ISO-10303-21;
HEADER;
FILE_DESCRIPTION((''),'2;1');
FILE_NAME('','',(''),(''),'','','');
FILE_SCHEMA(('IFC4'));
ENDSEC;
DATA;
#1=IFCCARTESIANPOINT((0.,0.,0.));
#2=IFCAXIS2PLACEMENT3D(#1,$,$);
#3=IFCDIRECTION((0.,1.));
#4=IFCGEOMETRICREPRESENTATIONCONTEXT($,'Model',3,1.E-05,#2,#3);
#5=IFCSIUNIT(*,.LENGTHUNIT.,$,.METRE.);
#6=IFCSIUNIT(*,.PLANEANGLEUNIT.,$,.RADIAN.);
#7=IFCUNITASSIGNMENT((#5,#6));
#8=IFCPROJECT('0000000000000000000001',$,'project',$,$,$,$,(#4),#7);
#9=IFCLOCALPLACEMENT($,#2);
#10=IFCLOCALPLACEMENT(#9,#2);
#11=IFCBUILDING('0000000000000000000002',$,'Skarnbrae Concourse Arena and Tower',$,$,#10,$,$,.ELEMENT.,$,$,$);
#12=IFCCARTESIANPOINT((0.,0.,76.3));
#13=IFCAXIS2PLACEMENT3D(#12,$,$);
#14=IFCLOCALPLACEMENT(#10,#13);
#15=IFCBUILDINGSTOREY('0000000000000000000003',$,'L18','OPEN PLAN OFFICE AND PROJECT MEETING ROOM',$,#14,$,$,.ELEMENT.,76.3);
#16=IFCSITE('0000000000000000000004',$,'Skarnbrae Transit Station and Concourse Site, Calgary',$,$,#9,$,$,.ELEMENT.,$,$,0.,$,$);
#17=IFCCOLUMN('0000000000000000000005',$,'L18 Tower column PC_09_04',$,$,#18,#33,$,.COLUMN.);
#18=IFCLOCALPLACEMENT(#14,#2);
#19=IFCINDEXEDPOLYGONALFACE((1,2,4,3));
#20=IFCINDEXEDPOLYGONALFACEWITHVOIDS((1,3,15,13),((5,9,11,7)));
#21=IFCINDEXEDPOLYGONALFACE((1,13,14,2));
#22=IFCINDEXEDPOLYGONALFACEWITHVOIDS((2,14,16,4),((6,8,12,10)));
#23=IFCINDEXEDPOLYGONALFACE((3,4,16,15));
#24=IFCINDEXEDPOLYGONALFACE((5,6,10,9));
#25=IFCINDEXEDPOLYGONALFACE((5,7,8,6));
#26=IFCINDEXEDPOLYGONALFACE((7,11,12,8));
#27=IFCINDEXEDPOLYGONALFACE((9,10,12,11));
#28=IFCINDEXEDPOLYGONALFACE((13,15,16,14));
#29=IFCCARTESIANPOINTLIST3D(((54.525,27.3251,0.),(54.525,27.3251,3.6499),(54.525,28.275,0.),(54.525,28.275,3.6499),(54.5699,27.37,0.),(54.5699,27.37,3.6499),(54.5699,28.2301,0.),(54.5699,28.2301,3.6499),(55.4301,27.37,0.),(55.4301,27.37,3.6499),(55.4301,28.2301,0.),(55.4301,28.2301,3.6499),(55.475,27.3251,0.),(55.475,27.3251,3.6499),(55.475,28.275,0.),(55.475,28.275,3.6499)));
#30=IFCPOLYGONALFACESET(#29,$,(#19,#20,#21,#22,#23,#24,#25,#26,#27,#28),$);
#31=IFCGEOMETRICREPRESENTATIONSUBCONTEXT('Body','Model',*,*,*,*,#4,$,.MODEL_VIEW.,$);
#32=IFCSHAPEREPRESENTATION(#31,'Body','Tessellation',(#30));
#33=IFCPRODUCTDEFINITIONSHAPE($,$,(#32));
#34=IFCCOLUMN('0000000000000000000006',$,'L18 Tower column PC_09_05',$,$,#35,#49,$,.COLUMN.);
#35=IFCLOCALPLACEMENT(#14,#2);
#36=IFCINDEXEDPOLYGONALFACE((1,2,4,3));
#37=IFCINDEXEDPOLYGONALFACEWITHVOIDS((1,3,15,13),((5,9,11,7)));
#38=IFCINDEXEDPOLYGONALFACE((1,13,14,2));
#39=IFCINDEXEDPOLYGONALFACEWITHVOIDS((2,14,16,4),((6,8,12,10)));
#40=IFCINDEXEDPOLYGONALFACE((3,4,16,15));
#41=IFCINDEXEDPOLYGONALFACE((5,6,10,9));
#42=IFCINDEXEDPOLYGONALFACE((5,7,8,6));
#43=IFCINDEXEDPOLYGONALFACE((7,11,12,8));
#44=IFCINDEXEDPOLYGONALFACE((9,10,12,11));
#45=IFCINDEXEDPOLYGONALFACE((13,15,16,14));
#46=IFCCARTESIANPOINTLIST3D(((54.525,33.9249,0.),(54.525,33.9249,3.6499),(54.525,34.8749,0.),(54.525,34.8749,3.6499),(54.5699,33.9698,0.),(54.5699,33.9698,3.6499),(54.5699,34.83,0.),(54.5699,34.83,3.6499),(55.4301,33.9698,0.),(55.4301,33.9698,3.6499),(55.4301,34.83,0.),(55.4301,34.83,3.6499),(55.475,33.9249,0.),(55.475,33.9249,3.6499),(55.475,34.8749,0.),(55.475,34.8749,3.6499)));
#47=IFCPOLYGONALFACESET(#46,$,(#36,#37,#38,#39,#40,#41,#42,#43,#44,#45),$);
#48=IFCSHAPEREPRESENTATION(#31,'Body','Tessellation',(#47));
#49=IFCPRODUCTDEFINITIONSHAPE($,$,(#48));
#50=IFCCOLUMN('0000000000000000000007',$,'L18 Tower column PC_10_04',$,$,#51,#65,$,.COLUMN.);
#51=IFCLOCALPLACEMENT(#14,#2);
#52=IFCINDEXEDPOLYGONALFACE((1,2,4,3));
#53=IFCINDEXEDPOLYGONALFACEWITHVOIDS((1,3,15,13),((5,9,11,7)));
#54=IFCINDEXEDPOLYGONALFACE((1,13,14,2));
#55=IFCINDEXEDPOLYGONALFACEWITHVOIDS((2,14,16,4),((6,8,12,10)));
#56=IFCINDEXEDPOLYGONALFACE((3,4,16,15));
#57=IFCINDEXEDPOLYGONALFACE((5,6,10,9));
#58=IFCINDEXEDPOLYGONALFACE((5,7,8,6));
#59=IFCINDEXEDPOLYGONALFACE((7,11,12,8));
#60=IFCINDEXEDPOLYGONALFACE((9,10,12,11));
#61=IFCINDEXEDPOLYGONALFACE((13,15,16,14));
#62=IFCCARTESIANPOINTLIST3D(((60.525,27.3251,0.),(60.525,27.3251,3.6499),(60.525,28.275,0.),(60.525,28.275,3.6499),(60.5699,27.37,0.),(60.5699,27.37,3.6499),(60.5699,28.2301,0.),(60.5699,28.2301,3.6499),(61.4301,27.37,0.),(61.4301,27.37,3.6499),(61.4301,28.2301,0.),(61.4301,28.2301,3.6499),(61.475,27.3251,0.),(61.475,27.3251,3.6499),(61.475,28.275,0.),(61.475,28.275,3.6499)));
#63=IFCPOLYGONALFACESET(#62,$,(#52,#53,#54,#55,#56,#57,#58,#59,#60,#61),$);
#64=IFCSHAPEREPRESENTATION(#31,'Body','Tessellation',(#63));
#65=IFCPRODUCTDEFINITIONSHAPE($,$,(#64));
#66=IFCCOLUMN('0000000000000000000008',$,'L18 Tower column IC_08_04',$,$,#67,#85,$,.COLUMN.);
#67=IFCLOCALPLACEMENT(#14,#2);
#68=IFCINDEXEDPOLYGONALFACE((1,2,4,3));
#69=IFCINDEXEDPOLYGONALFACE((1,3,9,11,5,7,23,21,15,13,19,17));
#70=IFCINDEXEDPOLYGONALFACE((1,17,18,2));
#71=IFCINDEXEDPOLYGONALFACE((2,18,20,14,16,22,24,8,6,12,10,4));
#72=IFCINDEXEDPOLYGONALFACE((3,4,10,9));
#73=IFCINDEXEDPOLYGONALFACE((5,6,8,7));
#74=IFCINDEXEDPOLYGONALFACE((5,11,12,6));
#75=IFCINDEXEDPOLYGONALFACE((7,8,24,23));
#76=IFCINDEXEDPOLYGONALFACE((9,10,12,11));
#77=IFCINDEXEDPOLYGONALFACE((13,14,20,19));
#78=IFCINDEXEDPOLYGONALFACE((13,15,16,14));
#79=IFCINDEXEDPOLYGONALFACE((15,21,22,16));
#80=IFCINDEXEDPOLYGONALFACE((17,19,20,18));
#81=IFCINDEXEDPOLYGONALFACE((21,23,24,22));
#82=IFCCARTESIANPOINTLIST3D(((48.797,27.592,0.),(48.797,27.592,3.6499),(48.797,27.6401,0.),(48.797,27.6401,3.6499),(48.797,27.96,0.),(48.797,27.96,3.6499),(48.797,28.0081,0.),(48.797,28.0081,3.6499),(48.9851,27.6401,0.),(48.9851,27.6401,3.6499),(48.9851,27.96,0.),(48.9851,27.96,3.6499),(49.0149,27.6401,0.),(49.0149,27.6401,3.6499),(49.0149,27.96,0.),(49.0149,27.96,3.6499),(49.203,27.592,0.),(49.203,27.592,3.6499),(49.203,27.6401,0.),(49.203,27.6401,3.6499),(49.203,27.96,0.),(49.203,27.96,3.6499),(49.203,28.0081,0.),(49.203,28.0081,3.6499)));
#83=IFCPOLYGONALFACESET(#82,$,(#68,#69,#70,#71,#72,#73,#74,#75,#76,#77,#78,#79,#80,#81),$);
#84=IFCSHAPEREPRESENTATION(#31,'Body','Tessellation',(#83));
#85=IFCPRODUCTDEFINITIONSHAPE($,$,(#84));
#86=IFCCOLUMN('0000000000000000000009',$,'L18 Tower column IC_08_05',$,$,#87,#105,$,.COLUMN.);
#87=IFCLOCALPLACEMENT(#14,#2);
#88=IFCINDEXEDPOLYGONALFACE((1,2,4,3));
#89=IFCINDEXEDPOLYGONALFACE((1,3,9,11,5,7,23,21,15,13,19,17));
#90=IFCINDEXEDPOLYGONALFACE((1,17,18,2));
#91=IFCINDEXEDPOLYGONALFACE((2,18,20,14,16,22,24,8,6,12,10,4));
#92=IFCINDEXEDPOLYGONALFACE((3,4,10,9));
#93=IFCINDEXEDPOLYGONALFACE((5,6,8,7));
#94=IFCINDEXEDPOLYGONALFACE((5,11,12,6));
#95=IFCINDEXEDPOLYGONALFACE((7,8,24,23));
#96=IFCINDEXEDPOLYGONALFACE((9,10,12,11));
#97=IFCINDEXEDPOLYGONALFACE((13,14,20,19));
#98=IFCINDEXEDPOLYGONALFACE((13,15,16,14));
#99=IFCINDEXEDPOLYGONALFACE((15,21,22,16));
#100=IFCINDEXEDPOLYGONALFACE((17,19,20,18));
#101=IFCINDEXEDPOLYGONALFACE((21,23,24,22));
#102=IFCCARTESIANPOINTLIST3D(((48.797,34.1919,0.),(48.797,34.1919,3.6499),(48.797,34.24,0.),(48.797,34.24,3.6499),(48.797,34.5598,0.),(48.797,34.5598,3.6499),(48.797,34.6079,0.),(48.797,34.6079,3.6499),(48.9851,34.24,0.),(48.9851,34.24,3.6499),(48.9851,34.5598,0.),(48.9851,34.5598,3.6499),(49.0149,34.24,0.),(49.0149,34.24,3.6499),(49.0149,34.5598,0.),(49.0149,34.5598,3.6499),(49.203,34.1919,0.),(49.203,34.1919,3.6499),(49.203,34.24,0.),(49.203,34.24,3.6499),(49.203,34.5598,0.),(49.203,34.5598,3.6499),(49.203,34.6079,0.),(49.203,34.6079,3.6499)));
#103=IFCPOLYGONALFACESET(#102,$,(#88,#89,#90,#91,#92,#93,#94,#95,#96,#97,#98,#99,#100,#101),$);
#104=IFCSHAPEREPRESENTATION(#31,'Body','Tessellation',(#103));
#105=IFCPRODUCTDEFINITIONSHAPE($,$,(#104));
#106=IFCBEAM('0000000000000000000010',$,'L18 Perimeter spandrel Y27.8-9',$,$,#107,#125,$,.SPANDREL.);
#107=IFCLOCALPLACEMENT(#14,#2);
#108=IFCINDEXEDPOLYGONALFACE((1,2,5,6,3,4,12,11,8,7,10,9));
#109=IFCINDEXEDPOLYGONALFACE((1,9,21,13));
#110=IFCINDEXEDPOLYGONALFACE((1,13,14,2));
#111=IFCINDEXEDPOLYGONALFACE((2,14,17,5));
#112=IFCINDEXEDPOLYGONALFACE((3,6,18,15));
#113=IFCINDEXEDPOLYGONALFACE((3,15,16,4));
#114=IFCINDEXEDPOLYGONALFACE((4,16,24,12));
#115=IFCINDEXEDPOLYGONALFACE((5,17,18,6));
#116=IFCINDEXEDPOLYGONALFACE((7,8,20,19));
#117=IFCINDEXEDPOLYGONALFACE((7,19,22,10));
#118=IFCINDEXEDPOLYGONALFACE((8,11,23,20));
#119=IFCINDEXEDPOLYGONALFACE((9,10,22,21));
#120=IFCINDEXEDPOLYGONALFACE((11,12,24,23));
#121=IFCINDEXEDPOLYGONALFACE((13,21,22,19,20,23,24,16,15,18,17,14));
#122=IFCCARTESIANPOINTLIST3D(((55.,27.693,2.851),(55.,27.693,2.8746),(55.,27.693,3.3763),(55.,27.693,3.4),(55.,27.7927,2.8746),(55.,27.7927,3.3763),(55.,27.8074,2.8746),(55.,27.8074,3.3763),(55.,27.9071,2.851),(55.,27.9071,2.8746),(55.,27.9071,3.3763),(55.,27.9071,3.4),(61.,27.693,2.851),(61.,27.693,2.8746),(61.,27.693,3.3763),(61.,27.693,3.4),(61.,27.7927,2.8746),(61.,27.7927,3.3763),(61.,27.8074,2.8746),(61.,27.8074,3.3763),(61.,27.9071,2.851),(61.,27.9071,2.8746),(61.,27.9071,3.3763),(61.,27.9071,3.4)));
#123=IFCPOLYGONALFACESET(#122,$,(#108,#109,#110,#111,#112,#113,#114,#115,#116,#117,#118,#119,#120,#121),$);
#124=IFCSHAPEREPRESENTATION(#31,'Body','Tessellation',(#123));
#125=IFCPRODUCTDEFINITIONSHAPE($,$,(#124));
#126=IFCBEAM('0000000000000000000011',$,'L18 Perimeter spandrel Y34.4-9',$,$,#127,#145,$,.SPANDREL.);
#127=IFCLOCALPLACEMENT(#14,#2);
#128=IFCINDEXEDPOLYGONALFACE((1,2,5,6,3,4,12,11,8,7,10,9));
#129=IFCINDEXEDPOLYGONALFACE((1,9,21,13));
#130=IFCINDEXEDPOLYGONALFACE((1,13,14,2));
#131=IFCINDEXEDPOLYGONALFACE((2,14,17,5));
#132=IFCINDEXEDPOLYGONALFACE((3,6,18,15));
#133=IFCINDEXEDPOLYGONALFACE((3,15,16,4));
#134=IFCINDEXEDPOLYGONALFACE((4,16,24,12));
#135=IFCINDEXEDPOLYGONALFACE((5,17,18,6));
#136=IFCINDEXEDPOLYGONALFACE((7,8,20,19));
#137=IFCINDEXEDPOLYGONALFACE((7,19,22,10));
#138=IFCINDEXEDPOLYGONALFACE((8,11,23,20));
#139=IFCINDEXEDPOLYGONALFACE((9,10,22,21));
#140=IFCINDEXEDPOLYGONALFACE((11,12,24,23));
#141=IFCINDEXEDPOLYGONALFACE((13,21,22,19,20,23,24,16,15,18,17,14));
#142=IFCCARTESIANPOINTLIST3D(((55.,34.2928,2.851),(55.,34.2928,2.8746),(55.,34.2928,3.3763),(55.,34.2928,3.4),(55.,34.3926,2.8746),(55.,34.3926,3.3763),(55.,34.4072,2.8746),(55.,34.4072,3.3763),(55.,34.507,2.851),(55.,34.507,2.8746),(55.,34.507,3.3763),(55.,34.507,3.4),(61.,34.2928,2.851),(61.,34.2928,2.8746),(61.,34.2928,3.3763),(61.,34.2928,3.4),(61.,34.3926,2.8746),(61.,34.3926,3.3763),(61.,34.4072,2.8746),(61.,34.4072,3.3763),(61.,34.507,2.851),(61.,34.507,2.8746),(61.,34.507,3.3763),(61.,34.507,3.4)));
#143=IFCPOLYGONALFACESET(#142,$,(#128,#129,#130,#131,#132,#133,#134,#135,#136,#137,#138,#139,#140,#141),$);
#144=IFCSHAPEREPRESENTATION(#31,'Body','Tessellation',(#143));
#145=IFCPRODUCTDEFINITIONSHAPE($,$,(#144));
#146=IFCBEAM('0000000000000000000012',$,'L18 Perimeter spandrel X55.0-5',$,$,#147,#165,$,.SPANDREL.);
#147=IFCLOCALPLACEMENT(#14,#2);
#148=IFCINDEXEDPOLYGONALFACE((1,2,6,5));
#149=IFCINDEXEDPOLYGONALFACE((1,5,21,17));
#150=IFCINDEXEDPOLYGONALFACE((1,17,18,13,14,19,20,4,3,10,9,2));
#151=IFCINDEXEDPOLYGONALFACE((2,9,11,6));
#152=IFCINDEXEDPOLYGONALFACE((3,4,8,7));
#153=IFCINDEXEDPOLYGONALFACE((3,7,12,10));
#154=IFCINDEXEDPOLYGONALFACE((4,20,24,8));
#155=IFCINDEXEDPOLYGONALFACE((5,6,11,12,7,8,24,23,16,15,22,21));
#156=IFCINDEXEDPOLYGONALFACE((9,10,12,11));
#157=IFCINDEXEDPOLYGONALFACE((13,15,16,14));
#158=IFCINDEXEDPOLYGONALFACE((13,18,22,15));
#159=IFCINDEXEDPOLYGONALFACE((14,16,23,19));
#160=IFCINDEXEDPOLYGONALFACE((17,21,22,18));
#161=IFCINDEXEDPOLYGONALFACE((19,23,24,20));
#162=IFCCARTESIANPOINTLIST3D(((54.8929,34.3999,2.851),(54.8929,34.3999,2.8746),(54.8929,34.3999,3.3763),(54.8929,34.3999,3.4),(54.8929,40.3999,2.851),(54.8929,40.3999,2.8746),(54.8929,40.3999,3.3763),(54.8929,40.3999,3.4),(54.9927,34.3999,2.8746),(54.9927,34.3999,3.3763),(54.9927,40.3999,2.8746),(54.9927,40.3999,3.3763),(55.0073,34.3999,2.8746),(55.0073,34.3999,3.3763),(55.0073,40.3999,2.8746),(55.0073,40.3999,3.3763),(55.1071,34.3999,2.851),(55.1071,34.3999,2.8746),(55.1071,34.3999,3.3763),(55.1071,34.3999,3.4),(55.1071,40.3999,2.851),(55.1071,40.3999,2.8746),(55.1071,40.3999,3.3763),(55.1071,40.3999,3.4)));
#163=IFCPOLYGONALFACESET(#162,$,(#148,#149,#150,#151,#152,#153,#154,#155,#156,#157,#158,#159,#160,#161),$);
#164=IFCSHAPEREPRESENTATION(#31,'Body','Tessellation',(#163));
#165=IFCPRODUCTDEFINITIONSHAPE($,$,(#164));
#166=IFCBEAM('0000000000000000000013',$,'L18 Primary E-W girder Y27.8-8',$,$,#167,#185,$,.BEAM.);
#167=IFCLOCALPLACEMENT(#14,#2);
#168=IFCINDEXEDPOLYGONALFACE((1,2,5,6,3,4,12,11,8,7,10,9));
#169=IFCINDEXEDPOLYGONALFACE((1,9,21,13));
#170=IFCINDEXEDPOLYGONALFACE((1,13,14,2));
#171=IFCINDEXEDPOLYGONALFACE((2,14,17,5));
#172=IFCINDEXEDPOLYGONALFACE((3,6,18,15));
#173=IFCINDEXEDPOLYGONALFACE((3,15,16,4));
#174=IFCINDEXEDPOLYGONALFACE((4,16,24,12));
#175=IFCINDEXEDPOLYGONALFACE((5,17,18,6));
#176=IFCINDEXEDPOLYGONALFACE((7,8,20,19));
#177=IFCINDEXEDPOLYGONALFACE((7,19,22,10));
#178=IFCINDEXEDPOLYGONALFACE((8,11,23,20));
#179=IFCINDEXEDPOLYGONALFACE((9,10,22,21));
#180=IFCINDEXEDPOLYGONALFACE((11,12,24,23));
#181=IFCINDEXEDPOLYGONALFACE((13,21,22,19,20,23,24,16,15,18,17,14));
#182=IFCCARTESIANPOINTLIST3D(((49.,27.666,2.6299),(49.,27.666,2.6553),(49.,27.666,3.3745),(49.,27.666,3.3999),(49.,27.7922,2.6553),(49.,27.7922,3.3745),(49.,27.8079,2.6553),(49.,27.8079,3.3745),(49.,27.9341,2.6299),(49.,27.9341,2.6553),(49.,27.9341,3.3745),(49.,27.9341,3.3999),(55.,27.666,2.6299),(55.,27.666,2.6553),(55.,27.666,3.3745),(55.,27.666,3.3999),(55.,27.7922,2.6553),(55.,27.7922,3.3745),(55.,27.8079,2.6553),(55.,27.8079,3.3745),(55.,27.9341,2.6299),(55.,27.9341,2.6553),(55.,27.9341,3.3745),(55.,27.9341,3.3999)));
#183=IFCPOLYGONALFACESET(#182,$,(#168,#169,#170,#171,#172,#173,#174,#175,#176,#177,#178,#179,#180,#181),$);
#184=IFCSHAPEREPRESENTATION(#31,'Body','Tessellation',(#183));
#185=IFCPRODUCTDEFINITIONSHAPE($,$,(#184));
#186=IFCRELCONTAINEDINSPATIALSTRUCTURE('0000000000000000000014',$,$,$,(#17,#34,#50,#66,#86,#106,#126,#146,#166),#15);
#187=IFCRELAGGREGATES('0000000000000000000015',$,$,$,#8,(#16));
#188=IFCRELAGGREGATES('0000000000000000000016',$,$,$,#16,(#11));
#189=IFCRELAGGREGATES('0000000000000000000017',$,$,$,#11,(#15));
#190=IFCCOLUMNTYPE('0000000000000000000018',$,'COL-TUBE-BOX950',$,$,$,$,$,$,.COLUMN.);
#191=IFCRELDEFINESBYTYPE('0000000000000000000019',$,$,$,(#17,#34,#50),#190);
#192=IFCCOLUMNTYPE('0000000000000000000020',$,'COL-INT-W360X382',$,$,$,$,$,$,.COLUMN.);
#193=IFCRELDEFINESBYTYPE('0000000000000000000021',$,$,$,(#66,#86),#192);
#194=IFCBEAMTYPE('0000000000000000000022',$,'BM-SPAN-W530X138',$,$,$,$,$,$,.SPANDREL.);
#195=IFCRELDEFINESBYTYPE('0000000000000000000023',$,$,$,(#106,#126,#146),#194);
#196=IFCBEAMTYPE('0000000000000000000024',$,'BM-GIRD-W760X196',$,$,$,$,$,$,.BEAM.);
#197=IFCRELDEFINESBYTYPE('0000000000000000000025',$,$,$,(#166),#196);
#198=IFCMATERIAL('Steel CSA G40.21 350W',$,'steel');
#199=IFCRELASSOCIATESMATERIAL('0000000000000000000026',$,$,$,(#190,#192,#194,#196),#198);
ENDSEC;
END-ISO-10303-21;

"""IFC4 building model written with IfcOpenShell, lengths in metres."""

from ifc_helpers import new_model, si_unit, direction, frame, origin, origin_2d, place, context, subcontext, project, spatial, hollow_rectangle, i_section, extrude, source, transform, mapped, material, material_profile, profile_set, type_object, element, save


model = new_model("IFC4")

# Units and contexts
model_context = context("Model", 3, precision=1e-05, world=origin(), true_north=direction((0.0, 1.0)))
body_context = subcontext(model_context, "Body", "Model", "MODEL_VIEW")
ifc_project = project(units=[si_unit("LENGTHUNIT", "METRE"), si_unit("PLANEANGLEUNIT", "RADIAN")], contexts=[model_context])

# Site, building, storey
site_placement = place(None, origin())
site = spatial("IfcSite", under=ifc_project, at=site_placement, Name="Skarnbrae Transit Station and Concourse Site, Calgary", CompositionType="ELEMENT", RefElevation=0.0)
building_placement = place(site_placement, origin())
building = spatial("IfcBuilding", under=site, at=building_placement, Name="Skarnbrae Concourse Arena and Tower", CompositionType="ELEMENT")
storey_placement = place(building_placement, frame((0.0, 0.0, 76.3)))
storey = spatial("IfcBuildingStorey", under=building, at=storey_placement, Name="L18", Description="OPEN PLAN OFFICE AND PROJECT MEETING ROOM", CompositionType="ELEMENT", Elevation=76.3)

# Columns
ifc_material_1 = material(Name="Steel CSA G40.21 350W", Category="steel")
ifc_material_profile_1 = material_profile(ifc_material_1, hollow_rectangle(XDim=0.95, YDim=0.95, WallThickness=0.0449, at=origin_2d()), Name="BOX950X950X45")
ifc_profile_set_1 = profile_set([ifc_material_profile_1], Name="Steel CSA G40.21 350W")
column_type_1 = type_object("IfcColumnType", Name="COL-TUBE-BOX950", PredefinedType="COLUMN", material=ifc_profile_set_1)
shared_shape_1 = source(origin(), body_context, "Body", "SweptSolid", [
    extrude(hollow_rectangle(XDim=0.95, YDim=0.95, WallThickness=0.0449, at=origin_2d()), origin(), (0.0, 0.0, 1.0), 3.6499),
])
for number, where, z_axis, x_axis, name in (
    (1, (55.0, 27.8, 0.0), (0.0, 0.0, 1.0), (1.0, 0.0, 0.0), "L18 Tower column PC_09_04"),
    (2, (55.0, 34.3999, 0.0), (0.0, 0.0, 1.0), (1.0, 0.0, 0.0), "L18 Tower column PC_09_05"),
    (3, (61.0, 27.8, 0.0), (0.0, 0.0, 1.0), (1.0, 0.0, 0.0), "L18 Tower column PC_10_04"),
):
    element("IfcColumn", number, at=place(storey_placement, frame(where, z_axis=z_axis, x_axis=x_axis)), inside=storey, type_object=column_type_1, Name=name, PredefinedType="COLUMN", context=body_context, shape_type="MappedRepresentation", body=[
        mapped(shared_shape_1, transform((0.0, 0.0, 0.0))),
    ])
ifc_material_profile_2 = material_profile(ifc_material_1, i_section(OverallWidth=0.406, OverallDepth=0.416, WebThickness=0.0298, FlangeThickness=0.0481, at=origin_2d()), Name="W360X382")
ifc_profile_set_2 = profile_set([ifc_material_profile_2], Name="Steel CSA G40.21 350W")
column_type_2 = type_object("IfcColumnType", Name="COL-INT-W360X382", PredefinedType="COLUMN", material=ifc_profile_set_2)
shared_shape_2 = source(origin(), body_context, "Body", "SweptSolid", [
    extrude(i_section(OverallWidth=0.406, OverallDepth=0.416, WebThickness=0.0298, FlangeThickness=0.0481, at=origin_2d()), origin(), (0.0, 0.0, 1.0), 3.6499),
])
for number, where, z_axis, x_axis, name in (
    (4, (49.0, 27.8, 0.0), (0.0, 0.0, 1.0), (1.0, 0.0, 0.0), "L18 Tower column IC_08_04"),
    (5, (49.0, 34.3999, 0.0), (0.0, 0.0, 1.0), (1.0, 0.0, 0.0), "L18 Tower column IC_08_05"),
):
    element("IfcColumn", number, at=place(storey_placement, frame(where, z_axis=z_axis, x_axis=x_axis)), inside=storey, type_object=column_type_2, Name=name, PredefinedType="COLUMN", context=body_context, shape_type="MappedRepresentation", body=[
        mapped(shared_shape_2, transform((0.0, 0.0, 0.0))),
    ])

# Beams
ifc_material_profile_3 = material_profile(ifc_material_1, i_section(OverallWidth=0.2141, OverallDepth=0.5491, WebThickness=0.0146, FlangeThickness=0.0237, at=origin_2d()), Name="W530X138")
ifc_profile_set_3 = profile_set([ifc_material_profile_3], Name="Steel CSA G40.21 350W")
beam_type_1 = type_object("IfcBeamType", Name="BM-SPAN-W530X138", PredefinedType="SPANDREL", material=ifc_profile_set_3)
shared_shape_3 = source(origin(), body_context, "Body", "SweptSolid", [
    extrude(i_section(OverallWidth=0.2141, OverallDepth=0.5491, WebThickness=0.0146, FlangeThickness=0.0237, at=origin_2d()), origin(), (0.0, 0.0, 1.0), 6.0),
])
for number, where, z_axis, x_axis, name in (
    (6, (55.0, 27.8, 3.1255), (1.0, 0.0, 0.0), (0.0, 1.0, 0.0), "L18 Perimeter spandrel Y27.8-9"),
    (7, (55.0, 34.3999, 3.1255), (1.0, 0.0, 0.0), (0.0, 1.0, 0.0), "L18 Perimeter spandrel Y34.4-9"),
    (8, (55.0, 34.3999, 3.1255), (0.0, 1.0, 0.0), (-1.0, 0.0, 0.0), "L18 Perimeter spandrel X55.0-5"),
):
    element("IfcBeam", number, at=place(storey_placement, frame(where, z_axis=z_axis, x_axis=x_axis)), inside=storey, type_object=beam_type_1, Name=name, PredefinedType="SPANDREL", context=body_context, shape_type="MappedRepresentation", body=[
        mapped(shared_shape_3, transform((0.0, 0.0, 0.0))),
    ])
ifc_material_profile_4 = material_profile(ifc_material_1, i_section(OverallWidth=0.2681, OverallDepth=0.77, WebThickness=0.0156, FlangeThickness=0.0254, at=origin_2d()), Name="W760X196")
ifc_profile_set_4 = profile_set([ifc_material_profile_4], Name="Steel CSA G40.21 350W")
beam_type_2 = type_object("IfcBeamType", Name="BM-GIRD-W760X196", PredefinedType="BEAM", material=ifc_profile_set_4)
shared_shape_4 = source(origin(), body_context, "Body", "SweptSolid", [
    extrude(i_section(OverallWidth=0.2681, OverallDepth=0.77, WebThickness=0.0156, FlangeThickness=0.0254, at=origin_2d()), origin(), (0.0, 0.0, 1.0), 6.0),
])
for number, where, z_axis, x_axis, name in (
    (9, (49.0, 27.8, 3.0149), (1.0, 0.0, 0.0), (0.0, 1.0, 0.0), "L18 Primary E-W girder Y27.8-8"),
):
    element("IfcBeam", number, at=place(storey_placement, frame(where, z_axis=z_axis, x_axis=x_axis)), inside=storey, type_object=beam_type_2, Name=name, PredefinedType="BEAM", context=body_context, shape_type="MappedRepresentation", body=[
        mapped(shared_shape_4, transform((0.0, 0.0, 0.0))),
    ])

save(model, "model.ifc")
